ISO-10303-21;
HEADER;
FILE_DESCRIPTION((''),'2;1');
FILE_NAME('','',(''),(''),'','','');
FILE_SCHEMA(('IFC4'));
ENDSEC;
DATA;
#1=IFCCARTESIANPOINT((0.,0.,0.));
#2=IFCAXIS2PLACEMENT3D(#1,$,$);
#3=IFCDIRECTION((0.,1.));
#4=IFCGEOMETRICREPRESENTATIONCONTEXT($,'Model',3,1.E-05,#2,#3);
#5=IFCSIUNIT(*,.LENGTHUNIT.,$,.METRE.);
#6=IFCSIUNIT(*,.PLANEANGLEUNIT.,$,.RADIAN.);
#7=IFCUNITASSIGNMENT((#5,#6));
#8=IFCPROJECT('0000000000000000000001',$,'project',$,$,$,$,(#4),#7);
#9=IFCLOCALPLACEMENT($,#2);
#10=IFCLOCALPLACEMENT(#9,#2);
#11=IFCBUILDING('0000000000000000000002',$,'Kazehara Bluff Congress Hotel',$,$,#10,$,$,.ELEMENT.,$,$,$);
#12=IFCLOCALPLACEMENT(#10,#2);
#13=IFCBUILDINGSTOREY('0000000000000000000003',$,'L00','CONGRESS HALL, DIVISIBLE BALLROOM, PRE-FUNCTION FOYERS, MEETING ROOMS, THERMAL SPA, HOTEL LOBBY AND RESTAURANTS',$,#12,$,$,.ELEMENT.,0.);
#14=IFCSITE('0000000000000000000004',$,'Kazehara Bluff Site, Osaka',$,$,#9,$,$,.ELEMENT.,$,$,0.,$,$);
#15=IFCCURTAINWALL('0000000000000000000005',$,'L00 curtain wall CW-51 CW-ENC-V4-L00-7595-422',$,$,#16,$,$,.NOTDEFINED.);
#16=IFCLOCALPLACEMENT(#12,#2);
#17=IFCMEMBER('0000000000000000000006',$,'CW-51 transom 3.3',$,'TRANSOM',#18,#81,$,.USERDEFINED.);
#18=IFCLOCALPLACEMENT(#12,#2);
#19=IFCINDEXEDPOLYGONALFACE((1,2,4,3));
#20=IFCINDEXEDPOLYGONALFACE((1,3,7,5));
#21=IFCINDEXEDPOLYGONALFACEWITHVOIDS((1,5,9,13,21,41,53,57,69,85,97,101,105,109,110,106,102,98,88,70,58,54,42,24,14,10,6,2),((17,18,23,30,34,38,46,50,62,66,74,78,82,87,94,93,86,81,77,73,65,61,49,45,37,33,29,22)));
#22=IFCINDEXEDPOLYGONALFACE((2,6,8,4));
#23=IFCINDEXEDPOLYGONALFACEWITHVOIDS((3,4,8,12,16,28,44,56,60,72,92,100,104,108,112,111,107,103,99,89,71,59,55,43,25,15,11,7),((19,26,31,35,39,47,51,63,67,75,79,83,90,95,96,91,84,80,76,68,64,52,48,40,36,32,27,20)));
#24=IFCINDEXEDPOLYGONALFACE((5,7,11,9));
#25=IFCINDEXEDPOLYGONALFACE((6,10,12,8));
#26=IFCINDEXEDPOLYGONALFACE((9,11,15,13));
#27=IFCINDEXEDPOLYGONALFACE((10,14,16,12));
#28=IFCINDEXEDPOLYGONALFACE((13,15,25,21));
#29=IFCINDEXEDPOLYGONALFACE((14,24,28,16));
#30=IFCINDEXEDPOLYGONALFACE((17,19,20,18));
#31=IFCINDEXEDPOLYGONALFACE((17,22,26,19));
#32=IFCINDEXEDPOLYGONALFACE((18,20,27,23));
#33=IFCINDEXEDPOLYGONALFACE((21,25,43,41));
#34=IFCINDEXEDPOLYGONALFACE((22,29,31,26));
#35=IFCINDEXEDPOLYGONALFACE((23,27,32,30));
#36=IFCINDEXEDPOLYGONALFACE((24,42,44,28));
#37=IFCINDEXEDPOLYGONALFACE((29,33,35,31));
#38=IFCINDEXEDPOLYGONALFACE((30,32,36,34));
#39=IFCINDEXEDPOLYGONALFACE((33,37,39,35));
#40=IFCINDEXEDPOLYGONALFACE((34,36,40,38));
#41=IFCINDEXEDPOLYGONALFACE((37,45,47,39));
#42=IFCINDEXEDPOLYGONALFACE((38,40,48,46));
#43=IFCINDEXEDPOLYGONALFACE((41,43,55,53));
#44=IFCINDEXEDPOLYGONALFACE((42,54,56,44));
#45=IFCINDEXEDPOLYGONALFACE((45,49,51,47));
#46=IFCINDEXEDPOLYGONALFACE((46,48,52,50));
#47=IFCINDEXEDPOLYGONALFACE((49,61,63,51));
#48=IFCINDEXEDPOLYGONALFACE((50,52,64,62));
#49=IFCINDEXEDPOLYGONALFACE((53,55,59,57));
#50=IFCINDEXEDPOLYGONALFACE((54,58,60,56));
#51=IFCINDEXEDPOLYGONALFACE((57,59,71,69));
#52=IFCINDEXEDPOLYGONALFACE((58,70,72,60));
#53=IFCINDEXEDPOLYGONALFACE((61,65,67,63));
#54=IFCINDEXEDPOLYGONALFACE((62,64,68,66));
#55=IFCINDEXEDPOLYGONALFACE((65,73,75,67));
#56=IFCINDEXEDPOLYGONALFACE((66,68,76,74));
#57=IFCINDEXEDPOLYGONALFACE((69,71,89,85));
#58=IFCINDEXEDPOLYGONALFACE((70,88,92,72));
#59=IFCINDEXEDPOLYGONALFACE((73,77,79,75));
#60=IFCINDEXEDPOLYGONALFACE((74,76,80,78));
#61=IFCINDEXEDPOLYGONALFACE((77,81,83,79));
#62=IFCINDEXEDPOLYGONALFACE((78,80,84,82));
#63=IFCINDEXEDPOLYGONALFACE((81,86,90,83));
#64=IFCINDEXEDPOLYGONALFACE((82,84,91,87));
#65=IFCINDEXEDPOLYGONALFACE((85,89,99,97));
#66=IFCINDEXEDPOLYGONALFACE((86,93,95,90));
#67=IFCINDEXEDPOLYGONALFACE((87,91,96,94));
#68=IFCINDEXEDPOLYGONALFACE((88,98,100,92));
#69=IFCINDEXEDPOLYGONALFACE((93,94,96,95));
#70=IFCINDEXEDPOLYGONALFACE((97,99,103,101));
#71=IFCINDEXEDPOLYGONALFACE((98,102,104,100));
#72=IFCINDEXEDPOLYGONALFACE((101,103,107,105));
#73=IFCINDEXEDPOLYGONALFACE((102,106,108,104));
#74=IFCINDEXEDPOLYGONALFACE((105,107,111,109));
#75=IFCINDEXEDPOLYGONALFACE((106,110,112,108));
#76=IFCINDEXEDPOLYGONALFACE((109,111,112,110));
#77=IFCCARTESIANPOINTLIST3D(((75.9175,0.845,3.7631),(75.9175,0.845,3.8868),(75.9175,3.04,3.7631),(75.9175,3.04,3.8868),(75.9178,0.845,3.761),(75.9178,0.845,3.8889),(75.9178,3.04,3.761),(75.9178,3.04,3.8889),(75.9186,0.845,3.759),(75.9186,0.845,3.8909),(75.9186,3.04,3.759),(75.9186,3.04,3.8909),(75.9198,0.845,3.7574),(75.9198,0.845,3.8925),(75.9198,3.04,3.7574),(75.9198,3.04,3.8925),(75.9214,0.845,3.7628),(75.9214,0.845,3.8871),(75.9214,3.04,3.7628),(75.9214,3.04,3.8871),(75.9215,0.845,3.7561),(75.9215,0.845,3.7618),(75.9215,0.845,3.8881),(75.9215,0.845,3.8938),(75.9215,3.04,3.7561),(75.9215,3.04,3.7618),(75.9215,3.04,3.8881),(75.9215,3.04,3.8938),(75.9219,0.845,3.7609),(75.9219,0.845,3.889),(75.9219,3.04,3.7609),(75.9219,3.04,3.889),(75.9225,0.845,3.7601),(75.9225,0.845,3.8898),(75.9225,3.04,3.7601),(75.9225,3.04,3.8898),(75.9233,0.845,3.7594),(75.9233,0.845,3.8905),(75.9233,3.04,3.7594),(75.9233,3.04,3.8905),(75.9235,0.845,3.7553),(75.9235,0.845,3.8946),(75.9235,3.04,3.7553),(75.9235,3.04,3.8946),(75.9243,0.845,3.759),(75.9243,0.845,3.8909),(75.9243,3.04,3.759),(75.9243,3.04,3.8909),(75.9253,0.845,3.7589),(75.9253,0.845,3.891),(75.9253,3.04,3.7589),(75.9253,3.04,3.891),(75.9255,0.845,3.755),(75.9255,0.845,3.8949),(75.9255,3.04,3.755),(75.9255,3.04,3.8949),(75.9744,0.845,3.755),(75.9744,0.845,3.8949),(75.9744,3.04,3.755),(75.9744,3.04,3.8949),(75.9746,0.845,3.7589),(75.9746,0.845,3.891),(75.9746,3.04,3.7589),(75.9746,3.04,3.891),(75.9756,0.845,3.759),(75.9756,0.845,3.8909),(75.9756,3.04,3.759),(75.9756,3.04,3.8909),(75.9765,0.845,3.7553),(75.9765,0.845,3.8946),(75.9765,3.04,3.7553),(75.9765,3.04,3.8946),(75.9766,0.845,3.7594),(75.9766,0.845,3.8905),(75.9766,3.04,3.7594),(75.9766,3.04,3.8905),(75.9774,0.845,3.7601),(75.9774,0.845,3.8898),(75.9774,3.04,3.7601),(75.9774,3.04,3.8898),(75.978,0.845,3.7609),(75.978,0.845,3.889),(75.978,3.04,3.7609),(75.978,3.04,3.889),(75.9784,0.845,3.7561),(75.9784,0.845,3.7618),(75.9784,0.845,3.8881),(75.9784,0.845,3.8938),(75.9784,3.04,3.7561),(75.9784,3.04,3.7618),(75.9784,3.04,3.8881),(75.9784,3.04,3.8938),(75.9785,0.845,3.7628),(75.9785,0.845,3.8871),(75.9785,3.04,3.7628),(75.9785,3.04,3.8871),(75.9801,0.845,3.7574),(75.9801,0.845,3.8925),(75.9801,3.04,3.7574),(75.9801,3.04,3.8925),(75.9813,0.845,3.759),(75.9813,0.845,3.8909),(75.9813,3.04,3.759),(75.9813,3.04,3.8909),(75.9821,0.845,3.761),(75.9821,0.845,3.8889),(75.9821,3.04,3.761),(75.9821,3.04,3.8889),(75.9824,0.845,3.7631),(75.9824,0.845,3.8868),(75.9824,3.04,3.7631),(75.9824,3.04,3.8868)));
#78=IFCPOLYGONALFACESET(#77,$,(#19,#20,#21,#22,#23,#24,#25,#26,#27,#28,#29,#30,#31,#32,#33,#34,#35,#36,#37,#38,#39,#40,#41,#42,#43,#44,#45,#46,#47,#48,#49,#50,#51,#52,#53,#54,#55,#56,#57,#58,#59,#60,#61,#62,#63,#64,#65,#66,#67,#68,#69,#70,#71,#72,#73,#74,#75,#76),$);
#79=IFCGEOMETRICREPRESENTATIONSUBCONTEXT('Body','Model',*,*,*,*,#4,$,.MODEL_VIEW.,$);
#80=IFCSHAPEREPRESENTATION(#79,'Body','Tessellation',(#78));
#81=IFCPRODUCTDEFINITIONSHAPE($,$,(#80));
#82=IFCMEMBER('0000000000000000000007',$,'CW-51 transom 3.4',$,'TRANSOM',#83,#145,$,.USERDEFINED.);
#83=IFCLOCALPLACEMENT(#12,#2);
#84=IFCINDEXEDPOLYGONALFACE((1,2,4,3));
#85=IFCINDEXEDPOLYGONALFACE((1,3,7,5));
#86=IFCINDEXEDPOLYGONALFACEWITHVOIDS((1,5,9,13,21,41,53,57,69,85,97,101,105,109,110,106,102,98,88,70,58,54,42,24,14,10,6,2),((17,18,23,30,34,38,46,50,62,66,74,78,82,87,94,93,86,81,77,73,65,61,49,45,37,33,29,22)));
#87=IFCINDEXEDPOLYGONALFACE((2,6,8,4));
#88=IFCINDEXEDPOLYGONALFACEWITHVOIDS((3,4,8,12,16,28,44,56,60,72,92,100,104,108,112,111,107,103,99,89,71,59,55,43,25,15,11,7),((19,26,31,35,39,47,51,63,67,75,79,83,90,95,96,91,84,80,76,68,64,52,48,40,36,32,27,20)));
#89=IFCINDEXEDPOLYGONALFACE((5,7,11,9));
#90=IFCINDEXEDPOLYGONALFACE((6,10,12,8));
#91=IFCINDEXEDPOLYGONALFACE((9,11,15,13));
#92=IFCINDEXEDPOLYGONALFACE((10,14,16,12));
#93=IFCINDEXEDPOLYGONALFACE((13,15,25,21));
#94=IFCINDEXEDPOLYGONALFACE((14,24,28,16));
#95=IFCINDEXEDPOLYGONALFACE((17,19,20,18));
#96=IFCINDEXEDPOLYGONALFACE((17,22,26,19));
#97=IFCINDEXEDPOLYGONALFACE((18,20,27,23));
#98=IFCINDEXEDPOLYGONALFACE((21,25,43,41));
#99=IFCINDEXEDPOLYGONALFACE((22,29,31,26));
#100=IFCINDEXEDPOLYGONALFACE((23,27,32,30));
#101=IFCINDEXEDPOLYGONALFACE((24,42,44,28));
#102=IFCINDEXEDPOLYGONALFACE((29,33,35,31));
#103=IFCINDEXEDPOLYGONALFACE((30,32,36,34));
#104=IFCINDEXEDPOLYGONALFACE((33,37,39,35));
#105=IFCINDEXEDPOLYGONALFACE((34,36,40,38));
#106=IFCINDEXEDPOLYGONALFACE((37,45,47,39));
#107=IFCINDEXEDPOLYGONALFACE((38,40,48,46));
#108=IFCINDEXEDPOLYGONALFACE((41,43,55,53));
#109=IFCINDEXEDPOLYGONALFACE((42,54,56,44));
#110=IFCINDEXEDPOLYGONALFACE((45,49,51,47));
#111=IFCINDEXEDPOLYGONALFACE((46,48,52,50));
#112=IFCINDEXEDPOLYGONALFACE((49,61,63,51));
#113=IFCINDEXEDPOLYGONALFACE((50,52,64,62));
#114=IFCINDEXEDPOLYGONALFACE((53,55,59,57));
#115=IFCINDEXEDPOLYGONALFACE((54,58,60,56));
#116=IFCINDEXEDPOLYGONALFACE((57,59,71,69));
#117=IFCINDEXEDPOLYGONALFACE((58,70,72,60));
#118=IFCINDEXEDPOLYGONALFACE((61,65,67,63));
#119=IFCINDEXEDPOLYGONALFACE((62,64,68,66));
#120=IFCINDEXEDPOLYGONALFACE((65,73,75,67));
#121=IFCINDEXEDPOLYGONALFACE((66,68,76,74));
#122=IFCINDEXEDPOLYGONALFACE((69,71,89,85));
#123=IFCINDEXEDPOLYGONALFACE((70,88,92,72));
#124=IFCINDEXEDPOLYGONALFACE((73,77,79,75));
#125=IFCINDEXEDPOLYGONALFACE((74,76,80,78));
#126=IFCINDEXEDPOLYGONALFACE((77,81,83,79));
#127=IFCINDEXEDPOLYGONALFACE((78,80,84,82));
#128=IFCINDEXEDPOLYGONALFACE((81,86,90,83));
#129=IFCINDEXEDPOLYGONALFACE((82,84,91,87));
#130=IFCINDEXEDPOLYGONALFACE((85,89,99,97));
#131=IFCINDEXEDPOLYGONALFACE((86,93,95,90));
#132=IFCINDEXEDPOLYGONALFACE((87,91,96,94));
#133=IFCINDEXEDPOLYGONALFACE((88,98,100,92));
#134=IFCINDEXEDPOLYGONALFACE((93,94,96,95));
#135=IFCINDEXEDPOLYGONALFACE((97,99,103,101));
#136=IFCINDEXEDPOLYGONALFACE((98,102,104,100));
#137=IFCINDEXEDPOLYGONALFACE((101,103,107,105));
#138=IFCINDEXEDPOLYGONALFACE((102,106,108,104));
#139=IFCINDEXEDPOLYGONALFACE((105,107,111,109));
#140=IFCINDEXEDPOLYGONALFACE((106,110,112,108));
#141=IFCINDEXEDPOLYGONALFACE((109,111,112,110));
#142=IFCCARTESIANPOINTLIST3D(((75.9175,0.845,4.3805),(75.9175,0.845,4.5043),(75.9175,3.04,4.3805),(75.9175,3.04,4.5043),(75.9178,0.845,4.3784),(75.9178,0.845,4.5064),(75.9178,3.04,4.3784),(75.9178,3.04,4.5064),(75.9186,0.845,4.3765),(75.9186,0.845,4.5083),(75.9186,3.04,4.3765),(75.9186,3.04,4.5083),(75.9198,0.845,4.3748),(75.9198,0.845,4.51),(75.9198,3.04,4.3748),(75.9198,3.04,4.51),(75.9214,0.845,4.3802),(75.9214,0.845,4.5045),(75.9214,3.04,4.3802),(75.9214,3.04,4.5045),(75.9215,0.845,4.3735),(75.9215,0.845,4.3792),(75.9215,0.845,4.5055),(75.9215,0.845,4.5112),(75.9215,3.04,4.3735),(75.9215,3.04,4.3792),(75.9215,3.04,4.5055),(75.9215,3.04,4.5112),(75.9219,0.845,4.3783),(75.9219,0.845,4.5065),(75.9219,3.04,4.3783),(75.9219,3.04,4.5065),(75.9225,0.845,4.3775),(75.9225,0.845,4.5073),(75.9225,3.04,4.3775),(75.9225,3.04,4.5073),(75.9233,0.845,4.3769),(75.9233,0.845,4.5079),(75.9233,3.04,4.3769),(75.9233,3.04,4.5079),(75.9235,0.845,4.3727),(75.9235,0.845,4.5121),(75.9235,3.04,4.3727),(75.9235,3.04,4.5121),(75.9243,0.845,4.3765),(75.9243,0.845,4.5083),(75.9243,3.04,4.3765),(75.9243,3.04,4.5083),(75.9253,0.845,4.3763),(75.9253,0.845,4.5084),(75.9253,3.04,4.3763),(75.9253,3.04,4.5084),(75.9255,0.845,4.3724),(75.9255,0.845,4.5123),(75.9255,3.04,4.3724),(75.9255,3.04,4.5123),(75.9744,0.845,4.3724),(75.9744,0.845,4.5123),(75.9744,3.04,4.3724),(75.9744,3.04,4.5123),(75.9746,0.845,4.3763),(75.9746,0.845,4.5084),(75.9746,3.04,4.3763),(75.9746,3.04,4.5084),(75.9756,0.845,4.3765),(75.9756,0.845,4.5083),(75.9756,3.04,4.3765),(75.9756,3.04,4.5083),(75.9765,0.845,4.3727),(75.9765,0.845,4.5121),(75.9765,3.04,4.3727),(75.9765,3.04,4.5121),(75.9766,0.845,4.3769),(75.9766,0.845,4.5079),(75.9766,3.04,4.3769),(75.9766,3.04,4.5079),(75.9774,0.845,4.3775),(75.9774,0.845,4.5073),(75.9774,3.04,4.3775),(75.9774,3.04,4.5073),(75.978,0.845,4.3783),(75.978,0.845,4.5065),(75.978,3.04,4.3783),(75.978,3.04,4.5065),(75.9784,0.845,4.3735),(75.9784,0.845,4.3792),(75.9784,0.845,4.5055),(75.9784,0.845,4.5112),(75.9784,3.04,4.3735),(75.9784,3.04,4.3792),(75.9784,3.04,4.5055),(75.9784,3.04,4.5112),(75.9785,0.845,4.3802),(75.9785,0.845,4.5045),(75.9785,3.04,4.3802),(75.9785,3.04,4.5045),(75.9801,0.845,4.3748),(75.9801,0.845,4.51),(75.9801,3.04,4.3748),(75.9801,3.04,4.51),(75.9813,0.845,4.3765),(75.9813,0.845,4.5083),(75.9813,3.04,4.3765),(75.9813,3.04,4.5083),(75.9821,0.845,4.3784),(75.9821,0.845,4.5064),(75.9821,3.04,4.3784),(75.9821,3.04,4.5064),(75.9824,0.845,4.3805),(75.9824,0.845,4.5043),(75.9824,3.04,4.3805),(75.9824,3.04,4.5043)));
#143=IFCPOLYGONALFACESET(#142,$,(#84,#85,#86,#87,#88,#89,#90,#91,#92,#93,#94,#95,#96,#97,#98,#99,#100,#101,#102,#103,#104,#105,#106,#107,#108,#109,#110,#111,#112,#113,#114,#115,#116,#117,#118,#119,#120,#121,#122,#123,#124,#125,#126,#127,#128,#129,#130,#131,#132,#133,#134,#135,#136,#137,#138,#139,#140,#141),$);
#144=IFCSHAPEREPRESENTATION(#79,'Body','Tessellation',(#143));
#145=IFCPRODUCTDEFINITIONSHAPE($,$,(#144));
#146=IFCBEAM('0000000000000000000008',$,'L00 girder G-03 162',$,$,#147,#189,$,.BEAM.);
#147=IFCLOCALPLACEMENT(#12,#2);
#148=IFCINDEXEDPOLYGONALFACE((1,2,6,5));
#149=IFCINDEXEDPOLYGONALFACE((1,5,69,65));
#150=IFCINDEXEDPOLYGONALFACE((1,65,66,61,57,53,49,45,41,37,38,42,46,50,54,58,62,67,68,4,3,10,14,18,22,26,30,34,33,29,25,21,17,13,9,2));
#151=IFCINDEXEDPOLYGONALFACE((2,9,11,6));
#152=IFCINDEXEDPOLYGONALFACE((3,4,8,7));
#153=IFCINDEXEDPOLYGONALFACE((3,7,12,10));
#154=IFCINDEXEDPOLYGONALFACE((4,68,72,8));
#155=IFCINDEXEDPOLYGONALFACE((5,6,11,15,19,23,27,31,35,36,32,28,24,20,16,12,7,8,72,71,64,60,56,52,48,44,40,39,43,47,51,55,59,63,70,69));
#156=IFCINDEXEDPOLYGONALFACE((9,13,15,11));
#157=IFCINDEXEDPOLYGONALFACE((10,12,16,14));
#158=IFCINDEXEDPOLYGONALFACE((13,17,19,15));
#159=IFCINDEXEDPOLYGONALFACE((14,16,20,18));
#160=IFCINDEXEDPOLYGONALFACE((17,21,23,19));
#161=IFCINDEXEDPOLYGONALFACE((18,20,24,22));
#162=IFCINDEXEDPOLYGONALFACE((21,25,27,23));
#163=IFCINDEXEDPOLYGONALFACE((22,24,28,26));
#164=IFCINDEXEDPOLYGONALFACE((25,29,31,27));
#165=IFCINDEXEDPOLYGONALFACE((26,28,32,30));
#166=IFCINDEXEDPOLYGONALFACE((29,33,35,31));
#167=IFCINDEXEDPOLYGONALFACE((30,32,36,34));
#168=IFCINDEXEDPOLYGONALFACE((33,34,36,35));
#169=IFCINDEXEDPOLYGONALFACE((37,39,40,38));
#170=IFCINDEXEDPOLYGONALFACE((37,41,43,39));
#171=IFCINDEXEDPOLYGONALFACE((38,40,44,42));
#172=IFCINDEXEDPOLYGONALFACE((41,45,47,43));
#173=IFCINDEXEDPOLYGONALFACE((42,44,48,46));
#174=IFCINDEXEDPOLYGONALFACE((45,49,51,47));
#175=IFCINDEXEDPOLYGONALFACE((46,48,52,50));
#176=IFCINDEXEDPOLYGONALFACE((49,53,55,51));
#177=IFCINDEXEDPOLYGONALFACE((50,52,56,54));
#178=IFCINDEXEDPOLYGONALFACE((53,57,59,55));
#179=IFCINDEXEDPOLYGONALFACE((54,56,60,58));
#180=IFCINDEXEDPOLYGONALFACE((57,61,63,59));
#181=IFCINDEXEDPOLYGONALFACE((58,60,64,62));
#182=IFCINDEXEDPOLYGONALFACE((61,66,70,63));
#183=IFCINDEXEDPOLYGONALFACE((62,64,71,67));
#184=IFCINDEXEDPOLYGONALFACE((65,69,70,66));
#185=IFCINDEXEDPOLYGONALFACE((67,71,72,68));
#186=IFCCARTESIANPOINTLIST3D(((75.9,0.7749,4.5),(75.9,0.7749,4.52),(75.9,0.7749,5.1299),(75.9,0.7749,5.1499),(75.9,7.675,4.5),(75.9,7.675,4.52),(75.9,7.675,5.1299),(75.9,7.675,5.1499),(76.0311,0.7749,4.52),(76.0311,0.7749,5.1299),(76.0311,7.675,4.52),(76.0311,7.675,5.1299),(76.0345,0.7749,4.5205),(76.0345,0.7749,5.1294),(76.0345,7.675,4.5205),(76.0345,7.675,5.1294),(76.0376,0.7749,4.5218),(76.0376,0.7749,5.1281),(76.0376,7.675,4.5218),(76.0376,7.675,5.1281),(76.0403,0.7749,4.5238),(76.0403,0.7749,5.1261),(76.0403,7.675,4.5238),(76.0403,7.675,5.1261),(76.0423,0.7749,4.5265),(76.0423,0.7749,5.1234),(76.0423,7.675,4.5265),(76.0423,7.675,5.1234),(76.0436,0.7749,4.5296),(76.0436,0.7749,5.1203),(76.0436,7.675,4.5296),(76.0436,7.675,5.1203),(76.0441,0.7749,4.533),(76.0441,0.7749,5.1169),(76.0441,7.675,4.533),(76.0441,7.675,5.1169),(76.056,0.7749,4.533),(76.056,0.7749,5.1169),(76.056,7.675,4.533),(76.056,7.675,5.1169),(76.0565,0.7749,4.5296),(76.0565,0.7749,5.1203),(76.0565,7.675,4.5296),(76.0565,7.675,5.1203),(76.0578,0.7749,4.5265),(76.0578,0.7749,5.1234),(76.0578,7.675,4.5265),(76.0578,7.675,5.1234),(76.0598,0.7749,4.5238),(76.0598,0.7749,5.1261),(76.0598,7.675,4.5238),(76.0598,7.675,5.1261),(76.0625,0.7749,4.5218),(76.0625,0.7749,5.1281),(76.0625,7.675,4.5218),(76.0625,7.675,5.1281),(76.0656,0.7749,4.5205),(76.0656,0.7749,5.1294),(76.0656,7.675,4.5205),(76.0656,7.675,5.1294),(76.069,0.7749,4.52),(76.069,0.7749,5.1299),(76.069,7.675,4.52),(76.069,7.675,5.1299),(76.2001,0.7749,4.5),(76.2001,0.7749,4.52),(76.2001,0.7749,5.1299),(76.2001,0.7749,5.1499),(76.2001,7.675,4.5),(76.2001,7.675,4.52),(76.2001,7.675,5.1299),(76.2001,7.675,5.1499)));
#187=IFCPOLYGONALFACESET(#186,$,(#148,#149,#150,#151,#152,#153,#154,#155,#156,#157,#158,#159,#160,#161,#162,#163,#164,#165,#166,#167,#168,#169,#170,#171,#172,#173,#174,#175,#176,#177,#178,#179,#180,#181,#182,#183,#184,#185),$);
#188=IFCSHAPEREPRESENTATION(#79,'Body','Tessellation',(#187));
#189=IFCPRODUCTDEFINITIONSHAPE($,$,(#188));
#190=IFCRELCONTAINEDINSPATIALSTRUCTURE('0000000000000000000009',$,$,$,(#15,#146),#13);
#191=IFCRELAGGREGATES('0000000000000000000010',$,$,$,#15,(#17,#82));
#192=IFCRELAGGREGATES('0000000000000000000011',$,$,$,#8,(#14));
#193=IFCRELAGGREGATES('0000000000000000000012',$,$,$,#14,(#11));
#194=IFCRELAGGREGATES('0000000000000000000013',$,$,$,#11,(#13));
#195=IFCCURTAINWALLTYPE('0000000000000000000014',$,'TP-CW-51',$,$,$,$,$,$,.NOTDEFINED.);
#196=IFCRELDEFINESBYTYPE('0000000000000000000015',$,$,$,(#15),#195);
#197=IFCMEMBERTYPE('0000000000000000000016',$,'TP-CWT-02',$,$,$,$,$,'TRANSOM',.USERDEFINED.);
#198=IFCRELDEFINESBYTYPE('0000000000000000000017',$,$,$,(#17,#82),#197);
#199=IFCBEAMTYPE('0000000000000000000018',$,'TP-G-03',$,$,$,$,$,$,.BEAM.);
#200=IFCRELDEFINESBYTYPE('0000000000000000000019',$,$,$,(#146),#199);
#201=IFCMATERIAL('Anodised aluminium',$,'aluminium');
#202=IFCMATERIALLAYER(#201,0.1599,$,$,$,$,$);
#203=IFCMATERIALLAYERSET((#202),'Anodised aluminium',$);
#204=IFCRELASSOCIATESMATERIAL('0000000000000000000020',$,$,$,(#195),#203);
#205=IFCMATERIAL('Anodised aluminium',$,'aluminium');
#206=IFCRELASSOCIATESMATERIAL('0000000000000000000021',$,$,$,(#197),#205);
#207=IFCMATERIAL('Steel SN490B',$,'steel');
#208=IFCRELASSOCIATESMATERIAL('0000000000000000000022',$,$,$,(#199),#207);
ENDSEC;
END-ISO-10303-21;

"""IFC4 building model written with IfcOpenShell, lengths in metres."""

from ifc_helpers import new_model, si_unit, direction, frame, origin, origin_2d, place, context, subcontext, project, spatial, hollow_rectangle, i_section, extrude, material, layer, layer_set, material_profile, profile_set, type_object, element, aggregate, save


model = new_model("IFC4")

# Units and contexts
model_context = context("Model", 3, precision=1e-05, world=origin(), true_north=direction((0.0, 1.0)))
body_context = subcontext(model_context, "Body", "Model", "MODEL_VIEW")
ifc_project = project(units=[si_unit("LENGTHUNIT", "METRE"), si_unit("PLANEANGLEUNIT", "RADIAN")], contexts=[model_context])

# Site, building, storey
site_placement = place(None, origin())
site = spatial("IfcSite", under=ifc_project, at=site_placement, Name="Kazehara Bluff Site, Osaka", CompositionType="ELEMENT", RefElevation=0.0)
building_placement = place(site_placement, origin())
building = spatial("IfcBuilding", under=site, at=building_placement, Name="Kazehara Bluff Congress Hotel", CompositionType="ELEMENT")
storey_placement = place(building_placement, origin())
storey = spatial("IfcBuildingStorey", under=building, at=storey_placement, Name="L00", Description="CONGRESS HALL, DIVISIBLE BALLROOM, PRE-FUNCTION FOYERS, MEETING ROOMS, THERMAL SPA, HOTEL LOBBY AND RESTAURANTS", CompositionType="ELEMENT", Elevation=0.0)

# Curtain wall
ifc_material_1 = material(Name="Anodised aluminium", Category="aluminium")
ifc_layer_1 = layer(ifc_material_1, 0.1599)
ifc_layer_set_1 = layer_set([ifc_layer_1], Name="Anodised aluminium")
curtain_wall_type_1 = type_object("IfcCurtainWallType", Name="TP-CW-51", PredefinedType="NOTDEFINED", material=ifc_layer_set_1)
curtain_wall_1_placement = place(storey_placement, origin())
curtain_wall_1 = element("IfcCurtainWall", 1, at=curtain_wall_1_placement, inside=storey, type_object=curtain_wall_type_1, Name="L00 curtain wall CW-51 CW-ENC-V4-L00-7595-422", PredefinedType="NOTDEFINED")

# Members
ifc_material_2 = material(Name="Anodised aluminium", Category="aluminium")
ifc_material_profile_1 = material_profile(ifc_material_2, hollow_rectangle(XDim=0.0649, YDim=0.1399, WallThickness=0.0039, InnerFilletRadius=0.0039, OuterFilletRadius=0.0081, at=origin_2d()))
ifc_profile_set_1 = profile_set([ifc_material_profile_1], Name="Anodised aluminium")
member_type_1 = type_object("IfcMemberType", Name="TP-CWT-02", ElementType="TRANSOM", PredefinedType="USERDEFINED", material=ifc_profile_set_1)
member_1_placement = place(storey_placement, frame((75.95, 3.04, 3.825), z_axis=(0.0, -1.0, 0.0), x_axis=(1.0, 0.0, 0.0)))
member_1 = element("IfcMember", 2, at=member_1_placement, type_object=member_type_1, Name="CW-51 transom 3.3", ObjectType="TRANSOM", PredefinedType="USERDEFINED", context=body_context, shape_type="SweptSolid", body=[
    extrude(hollow_rectangle(XDim=0.0649, YDim=0.1399, WallThickness=0.0039, InnerFilletRadius=0.0039, OuterFilletRadius=0.0081, at=origin_2d()), origin(), (0.0, 0.0, 1.0), 2.1951),
])
member_2_placement = place(storey_placement, frame((75.95, 3.04, 4.4424), z_axis=(0.0, -1.0, 0.0), x_axis=(1.0, 0.0, 0.0)))
member_2 = element("IfcMember", 3, at=member_2_placement, type_object=member_type_1, Name="CW-51 transom 3.4", ObjectType="TRANSOM", PredefinedType="USERDEFINED", context=body_context, shape_type="SweptSolid", body=[
    extrude(hollow_rectangle(XDim=0.0649, YDim=0.1399, WallThickness=0.0039, InnerFilletRadius=0.0039, OuterFilletRadius=0.0081, at=origin_2d()), origin(), (0.0, 0.0, 1.0), 2.1951),
])

# Beam
ifc_material_3 = material(Name="Steel SN490B", Category="steel")
ifc_material_profile_2 = material_profile(ifc_material_3, i_section(OverallWidth=0.3, OverallDepth=0.6499, WebThickness=0.012, FlangeThickness=0.02, FilletRadius=0.0129, at=origin_2d()))
ifc_profile_set_2 = profile_set([ifc_material_profile_2], Name="Steel SN490B")
beam_type = type_object("IfcBeamType", Name="TP-G-03", PredefinedType="BEAM", material=ifc_profile_set_2)
beam_placement = place(storey_placement, frame((76.05, 0.7749, 4.825), z_axis=(0.0, 1.0, 0.0), x_axis=(-1.0, 0.0, 0.0)))
element("IfcBeam", 4, at=beam_placement, inside=storey, type_object=beam_type, Name="L00 girder G-03 162", PredefinedType="BEAM", context=body_context, shape_type="SweptSolid", body=[
    extrude(i_section(OverallWidth=0.3, OverallDepth=0.6499, WebThickness=0.012, FlangeThickness=0.02, FilletRadius=0.0129, at=origin_2d()), origin(), (0.0, 0.0, 1.0), 6.9001),
])

aggregate(curtain_wall_1, [member_1, member_2])

save(model, "model.ifc")
